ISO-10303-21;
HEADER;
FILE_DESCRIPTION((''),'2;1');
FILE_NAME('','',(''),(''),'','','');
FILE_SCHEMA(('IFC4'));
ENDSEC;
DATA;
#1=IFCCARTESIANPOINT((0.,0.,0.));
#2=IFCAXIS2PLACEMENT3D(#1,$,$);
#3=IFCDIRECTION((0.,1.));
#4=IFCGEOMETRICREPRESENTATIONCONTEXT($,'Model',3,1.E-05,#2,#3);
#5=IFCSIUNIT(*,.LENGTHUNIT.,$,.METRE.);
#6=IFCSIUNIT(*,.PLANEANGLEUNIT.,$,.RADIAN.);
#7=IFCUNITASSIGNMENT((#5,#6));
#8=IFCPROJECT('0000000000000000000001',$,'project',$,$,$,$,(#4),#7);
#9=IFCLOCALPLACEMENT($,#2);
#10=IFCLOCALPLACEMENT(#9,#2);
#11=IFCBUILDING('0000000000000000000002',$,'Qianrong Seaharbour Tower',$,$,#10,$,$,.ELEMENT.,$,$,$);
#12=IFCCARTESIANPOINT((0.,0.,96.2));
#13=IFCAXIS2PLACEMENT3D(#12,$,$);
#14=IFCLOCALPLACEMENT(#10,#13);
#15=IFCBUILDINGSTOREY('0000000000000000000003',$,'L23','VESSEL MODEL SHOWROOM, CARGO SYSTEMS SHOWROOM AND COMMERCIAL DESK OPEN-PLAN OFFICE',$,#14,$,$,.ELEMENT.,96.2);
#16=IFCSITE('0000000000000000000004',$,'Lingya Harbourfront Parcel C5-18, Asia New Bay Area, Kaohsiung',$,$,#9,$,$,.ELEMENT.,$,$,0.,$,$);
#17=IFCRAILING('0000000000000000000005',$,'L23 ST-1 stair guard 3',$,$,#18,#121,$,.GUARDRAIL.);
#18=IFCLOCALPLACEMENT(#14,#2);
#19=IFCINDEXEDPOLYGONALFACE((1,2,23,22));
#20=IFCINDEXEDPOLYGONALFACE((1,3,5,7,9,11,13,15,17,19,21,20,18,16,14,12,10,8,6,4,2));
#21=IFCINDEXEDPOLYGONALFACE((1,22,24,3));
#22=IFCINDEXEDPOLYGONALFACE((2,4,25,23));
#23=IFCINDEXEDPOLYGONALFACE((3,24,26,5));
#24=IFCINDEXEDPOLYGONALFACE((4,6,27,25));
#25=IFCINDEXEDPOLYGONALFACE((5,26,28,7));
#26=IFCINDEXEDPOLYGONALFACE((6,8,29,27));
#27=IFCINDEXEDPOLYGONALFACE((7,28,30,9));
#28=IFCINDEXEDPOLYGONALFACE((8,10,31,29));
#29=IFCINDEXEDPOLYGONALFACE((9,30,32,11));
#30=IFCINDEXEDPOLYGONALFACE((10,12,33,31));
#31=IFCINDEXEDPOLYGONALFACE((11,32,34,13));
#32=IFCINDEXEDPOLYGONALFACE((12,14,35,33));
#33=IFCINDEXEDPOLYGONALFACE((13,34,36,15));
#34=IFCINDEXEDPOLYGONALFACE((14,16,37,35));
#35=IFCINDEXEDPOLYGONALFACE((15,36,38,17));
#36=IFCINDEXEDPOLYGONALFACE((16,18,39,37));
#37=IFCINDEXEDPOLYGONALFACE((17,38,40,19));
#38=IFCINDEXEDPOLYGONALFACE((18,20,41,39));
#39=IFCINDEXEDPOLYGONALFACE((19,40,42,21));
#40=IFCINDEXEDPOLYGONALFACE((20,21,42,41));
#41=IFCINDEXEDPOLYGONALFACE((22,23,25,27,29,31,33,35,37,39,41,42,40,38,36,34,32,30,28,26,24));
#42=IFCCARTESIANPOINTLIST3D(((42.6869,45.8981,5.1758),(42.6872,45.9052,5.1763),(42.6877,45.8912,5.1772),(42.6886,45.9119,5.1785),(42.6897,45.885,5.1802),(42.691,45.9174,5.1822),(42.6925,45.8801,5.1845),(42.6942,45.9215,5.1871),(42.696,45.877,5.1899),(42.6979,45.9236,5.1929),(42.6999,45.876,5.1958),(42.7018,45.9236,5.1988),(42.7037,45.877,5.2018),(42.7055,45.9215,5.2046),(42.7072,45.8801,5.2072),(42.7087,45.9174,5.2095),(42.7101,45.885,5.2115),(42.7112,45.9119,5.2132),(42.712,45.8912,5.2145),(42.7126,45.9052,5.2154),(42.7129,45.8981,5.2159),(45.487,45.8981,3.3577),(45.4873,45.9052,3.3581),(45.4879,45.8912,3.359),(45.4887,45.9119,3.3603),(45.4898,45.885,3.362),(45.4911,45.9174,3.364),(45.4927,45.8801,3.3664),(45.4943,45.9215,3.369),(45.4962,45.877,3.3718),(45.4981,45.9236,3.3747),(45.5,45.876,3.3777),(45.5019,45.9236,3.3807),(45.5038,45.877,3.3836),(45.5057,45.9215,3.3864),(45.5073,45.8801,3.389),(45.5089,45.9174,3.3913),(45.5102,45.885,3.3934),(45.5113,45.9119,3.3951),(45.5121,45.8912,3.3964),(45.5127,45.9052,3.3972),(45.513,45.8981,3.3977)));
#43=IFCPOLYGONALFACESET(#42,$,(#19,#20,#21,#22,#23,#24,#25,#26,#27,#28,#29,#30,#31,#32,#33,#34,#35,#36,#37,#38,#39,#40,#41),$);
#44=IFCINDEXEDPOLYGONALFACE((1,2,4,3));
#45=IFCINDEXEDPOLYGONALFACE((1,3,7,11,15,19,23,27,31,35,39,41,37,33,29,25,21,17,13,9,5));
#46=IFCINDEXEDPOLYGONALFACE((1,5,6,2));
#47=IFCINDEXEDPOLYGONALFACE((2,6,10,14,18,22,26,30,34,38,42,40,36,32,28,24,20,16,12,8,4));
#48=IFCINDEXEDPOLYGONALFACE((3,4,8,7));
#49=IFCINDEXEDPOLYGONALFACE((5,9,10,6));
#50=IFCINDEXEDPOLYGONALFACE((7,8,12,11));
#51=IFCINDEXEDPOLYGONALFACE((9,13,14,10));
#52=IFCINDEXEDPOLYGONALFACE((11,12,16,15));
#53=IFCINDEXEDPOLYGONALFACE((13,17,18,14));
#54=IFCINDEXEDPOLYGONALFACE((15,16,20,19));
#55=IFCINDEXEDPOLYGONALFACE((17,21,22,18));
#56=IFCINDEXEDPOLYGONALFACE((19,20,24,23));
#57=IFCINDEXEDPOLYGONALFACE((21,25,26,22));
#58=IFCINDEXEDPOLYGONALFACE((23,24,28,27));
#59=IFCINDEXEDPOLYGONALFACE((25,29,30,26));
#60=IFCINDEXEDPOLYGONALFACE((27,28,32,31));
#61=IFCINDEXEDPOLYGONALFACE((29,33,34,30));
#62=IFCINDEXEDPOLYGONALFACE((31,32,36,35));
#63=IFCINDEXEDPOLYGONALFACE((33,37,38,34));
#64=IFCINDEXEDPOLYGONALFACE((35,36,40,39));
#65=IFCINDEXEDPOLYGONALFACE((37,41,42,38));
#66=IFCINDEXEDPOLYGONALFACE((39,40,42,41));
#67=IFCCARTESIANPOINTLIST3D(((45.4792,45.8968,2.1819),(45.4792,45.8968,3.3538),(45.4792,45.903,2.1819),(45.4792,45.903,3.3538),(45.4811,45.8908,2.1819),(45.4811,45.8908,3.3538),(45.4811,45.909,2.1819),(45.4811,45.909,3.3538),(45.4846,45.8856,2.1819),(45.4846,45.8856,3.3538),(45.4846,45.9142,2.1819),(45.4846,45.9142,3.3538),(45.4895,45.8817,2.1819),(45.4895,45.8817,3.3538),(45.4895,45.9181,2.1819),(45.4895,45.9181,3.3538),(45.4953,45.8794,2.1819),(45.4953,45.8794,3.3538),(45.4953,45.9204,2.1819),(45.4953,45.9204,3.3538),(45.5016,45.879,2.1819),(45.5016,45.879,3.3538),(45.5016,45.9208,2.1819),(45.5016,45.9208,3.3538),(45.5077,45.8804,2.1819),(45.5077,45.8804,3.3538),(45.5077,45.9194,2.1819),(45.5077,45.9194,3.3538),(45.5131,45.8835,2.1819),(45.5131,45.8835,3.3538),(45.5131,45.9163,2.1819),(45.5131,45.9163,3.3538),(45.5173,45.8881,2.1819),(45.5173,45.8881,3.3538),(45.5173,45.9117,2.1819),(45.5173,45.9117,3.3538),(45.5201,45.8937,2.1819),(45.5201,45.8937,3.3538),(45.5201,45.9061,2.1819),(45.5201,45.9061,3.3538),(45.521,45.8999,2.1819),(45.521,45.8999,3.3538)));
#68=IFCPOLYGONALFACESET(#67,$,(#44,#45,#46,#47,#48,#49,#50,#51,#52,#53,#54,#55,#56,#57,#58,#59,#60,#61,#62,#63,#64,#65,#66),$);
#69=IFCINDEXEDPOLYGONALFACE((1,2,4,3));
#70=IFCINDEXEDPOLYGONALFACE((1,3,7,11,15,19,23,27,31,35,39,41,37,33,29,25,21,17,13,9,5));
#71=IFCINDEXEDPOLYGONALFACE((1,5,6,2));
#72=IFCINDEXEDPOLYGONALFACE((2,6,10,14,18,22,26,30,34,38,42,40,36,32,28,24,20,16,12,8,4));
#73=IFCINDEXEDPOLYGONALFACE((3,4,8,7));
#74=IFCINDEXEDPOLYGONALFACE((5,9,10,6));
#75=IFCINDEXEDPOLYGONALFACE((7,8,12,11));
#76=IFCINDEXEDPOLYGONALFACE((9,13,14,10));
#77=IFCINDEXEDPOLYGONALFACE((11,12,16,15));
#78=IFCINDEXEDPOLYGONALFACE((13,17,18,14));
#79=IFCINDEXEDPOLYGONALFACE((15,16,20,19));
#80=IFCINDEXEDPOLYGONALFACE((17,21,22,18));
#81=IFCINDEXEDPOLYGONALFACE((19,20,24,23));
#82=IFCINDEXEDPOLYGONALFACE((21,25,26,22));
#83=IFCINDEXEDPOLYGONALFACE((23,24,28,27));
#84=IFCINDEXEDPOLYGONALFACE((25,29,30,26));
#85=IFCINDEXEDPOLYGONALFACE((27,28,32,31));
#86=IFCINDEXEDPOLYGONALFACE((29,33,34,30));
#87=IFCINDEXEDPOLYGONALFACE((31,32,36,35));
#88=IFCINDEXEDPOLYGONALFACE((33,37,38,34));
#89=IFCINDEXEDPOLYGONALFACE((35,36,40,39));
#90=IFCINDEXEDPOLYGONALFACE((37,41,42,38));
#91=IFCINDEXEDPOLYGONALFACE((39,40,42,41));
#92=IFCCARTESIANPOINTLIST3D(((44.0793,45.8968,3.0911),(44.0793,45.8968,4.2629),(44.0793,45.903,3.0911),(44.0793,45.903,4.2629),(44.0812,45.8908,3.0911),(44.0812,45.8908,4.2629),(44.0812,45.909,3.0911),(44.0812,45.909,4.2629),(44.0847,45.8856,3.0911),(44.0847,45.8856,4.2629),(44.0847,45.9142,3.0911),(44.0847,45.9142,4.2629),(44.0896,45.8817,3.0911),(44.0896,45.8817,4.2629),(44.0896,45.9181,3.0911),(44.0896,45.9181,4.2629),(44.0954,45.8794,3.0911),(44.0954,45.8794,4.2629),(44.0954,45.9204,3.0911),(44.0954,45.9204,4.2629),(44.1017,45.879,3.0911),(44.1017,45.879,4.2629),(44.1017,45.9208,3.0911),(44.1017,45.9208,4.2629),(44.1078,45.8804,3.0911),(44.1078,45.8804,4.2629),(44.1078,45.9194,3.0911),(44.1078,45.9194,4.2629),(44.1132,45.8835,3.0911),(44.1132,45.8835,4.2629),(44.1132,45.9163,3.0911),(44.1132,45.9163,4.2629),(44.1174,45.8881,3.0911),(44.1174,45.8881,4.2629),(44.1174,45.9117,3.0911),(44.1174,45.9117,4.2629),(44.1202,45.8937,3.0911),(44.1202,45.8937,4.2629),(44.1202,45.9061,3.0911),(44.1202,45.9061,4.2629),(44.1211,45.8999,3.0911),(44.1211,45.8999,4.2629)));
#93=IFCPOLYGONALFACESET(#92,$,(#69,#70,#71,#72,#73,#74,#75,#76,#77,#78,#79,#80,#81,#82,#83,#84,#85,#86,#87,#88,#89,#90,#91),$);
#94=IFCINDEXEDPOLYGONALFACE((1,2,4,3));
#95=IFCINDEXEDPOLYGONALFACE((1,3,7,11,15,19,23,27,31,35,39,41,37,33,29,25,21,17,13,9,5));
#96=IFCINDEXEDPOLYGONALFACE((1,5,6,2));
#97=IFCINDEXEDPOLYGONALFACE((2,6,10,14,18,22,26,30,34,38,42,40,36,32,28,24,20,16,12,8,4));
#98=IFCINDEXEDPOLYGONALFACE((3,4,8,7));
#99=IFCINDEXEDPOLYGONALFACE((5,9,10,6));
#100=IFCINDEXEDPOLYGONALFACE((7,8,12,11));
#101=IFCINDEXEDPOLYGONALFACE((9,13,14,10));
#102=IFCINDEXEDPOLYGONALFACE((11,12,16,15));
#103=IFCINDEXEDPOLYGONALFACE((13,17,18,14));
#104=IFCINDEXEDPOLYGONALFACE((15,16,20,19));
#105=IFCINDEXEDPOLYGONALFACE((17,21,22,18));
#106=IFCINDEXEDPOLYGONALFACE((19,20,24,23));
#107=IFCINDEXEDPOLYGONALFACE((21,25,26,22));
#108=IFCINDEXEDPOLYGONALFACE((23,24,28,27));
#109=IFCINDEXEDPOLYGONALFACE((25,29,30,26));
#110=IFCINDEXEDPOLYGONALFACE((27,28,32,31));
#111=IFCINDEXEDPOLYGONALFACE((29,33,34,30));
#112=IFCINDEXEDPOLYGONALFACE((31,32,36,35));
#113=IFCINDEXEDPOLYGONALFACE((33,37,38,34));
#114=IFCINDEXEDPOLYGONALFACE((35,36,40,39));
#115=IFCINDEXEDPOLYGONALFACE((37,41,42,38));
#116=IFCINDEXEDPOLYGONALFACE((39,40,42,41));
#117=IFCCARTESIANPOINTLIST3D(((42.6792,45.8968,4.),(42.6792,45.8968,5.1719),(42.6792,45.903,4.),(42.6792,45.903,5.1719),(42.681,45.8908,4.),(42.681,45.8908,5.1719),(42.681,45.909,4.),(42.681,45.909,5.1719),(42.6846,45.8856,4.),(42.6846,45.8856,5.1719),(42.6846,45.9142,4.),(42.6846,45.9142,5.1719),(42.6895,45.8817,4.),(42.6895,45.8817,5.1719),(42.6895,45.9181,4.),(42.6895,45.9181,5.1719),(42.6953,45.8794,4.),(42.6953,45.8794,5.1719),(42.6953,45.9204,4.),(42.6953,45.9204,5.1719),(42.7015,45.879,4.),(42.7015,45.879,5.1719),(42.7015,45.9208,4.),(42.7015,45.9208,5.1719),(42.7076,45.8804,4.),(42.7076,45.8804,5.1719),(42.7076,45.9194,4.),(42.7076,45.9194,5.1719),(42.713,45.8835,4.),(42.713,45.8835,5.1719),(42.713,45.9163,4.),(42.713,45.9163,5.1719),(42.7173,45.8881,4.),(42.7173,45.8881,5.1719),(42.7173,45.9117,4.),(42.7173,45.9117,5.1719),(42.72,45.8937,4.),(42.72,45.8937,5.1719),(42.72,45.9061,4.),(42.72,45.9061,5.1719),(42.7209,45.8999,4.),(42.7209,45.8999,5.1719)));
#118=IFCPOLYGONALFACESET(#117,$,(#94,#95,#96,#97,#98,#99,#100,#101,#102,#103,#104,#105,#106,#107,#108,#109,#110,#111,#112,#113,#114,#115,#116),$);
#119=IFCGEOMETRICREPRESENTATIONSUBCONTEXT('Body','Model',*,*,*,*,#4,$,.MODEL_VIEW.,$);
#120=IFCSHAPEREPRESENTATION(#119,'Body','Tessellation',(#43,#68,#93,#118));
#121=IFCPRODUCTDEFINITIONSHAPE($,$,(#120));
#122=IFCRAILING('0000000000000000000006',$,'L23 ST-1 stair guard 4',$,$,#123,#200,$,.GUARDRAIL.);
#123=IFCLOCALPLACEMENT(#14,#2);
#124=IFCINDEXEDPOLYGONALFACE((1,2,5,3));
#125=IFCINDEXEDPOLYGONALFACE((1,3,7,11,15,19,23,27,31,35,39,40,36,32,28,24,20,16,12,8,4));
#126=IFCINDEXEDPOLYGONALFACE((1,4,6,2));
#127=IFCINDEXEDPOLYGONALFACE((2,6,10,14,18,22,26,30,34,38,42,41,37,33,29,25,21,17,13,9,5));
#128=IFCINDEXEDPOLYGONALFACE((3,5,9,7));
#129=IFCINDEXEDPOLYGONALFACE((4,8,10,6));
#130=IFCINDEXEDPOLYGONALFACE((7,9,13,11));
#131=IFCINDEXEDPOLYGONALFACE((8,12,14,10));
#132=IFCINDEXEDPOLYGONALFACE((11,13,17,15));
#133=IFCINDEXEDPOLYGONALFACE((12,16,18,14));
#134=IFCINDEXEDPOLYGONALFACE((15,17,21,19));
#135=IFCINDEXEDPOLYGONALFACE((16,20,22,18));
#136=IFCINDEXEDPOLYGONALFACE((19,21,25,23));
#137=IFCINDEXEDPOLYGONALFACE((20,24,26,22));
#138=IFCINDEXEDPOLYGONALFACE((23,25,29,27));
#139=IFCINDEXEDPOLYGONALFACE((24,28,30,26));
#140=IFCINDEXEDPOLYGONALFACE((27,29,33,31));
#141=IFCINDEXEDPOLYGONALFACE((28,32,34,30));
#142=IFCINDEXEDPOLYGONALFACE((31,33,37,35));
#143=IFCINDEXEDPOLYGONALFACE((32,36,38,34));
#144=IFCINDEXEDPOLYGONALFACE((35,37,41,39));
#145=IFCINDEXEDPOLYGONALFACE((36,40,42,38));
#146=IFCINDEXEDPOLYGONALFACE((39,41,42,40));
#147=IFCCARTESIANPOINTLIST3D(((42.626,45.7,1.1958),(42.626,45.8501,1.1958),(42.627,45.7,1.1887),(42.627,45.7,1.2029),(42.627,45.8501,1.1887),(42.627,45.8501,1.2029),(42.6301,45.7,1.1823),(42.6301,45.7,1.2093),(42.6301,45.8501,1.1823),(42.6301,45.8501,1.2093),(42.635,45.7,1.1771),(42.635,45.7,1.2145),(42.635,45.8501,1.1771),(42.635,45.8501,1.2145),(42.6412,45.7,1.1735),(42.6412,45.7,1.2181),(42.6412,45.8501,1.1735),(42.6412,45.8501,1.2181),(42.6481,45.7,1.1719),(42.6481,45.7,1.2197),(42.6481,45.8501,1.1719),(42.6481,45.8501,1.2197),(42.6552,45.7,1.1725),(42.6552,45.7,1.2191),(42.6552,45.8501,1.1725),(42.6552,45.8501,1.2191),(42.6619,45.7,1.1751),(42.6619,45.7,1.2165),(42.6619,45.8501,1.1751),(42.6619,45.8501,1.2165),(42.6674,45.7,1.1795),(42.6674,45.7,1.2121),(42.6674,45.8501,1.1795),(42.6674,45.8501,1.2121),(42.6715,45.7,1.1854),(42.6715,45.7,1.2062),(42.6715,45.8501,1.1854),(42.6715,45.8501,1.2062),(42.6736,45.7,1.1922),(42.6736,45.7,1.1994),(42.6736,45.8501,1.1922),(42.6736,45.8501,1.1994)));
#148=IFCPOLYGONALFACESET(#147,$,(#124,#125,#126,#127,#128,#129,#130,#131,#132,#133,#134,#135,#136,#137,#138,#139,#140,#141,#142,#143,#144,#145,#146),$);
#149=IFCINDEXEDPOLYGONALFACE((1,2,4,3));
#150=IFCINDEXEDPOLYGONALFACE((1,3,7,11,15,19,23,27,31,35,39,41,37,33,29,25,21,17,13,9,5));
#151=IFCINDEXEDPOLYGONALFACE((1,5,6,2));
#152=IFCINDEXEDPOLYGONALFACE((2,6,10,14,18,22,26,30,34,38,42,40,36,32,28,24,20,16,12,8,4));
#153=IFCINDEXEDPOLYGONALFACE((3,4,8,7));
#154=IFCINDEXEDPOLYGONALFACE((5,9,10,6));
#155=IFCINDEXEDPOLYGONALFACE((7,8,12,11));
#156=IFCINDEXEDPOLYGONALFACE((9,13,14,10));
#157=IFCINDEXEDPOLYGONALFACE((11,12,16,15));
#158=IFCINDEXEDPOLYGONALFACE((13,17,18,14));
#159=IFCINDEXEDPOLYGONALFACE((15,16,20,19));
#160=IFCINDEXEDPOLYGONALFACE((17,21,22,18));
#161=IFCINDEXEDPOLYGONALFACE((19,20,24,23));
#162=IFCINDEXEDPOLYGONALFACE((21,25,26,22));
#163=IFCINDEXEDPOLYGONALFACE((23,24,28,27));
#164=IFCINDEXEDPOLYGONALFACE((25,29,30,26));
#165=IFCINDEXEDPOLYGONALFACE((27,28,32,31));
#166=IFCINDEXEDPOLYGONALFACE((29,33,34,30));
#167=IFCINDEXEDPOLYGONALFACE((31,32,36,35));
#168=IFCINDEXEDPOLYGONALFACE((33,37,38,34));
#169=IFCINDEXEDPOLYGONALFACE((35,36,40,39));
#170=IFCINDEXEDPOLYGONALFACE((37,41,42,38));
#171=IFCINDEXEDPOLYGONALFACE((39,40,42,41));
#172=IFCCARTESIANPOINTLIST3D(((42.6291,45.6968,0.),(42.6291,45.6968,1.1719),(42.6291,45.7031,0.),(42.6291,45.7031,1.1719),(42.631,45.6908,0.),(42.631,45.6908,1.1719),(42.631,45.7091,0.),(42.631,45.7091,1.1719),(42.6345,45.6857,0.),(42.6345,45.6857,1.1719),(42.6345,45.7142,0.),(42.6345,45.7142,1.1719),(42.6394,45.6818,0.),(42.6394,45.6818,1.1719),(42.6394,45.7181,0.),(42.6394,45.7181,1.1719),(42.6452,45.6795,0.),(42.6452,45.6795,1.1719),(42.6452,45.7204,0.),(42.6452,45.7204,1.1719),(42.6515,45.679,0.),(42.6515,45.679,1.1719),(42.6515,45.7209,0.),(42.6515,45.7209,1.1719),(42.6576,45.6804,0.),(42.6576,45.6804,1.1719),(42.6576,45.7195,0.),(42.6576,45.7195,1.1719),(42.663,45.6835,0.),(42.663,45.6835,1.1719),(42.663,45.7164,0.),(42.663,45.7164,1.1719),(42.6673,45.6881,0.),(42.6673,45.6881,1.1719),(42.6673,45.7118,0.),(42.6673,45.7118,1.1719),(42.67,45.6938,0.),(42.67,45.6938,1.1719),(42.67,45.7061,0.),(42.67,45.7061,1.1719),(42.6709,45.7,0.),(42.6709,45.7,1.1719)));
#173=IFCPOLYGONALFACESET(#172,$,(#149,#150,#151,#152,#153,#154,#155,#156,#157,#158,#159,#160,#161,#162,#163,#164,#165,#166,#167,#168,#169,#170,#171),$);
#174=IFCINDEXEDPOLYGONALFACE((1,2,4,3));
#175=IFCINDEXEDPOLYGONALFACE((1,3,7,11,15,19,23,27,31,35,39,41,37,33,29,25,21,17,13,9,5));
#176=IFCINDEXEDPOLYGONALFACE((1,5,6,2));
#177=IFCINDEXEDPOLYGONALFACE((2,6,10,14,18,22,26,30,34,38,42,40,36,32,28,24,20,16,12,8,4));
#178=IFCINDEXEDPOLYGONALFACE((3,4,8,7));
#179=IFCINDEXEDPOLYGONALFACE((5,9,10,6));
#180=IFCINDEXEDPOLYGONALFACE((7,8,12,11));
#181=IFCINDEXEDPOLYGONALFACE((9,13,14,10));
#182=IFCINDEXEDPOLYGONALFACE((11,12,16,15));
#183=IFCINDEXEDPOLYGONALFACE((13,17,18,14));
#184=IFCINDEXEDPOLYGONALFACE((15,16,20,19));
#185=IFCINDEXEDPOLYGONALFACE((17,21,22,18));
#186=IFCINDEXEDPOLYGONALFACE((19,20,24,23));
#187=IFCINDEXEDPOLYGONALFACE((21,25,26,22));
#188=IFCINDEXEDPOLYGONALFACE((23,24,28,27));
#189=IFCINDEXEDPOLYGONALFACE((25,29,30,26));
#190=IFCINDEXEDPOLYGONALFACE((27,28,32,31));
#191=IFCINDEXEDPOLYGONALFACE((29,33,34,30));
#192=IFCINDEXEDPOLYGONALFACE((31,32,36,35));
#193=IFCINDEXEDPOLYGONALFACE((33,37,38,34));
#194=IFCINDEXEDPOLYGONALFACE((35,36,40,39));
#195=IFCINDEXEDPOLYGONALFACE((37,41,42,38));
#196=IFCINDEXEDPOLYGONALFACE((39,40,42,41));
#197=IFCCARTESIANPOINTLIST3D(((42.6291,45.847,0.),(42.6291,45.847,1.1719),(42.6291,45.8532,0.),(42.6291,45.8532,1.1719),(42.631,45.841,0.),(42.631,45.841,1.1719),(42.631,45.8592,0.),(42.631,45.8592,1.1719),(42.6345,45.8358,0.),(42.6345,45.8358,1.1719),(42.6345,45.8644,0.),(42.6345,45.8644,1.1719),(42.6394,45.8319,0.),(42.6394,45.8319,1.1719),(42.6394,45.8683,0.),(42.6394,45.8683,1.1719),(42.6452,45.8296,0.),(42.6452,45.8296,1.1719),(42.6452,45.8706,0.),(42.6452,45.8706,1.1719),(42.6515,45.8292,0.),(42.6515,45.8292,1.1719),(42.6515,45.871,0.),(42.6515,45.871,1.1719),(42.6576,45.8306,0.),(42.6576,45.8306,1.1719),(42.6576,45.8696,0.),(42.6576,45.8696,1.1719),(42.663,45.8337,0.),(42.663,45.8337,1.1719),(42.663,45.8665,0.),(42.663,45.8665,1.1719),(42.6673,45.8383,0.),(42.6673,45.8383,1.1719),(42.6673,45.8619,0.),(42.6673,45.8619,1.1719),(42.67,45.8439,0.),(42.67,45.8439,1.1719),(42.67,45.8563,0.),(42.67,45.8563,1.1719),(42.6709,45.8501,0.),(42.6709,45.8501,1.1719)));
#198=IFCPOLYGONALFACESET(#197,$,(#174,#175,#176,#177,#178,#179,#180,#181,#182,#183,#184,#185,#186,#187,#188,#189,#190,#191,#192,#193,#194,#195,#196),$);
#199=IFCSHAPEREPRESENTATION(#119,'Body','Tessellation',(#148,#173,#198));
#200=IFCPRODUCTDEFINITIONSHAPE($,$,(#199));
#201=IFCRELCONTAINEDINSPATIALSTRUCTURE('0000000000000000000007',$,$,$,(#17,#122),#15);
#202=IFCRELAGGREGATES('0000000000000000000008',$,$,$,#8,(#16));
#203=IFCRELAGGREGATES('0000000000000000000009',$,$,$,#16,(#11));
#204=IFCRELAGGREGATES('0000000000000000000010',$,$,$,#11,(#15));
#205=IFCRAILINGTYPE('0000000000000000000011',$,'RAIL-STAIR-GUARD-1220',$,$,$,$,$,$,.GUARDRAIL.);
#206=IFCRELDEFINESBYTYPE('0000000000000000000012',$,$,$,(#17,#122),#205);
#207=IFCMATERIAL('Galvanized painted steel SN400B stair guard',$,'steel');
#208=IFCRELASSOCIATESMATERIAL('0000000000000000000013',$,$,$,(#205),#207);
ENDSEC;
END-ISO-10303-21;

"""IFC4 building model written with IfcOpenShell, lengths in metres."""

from ifc_helpers import new_model, si_unit, direction, frame, origin, origin_2d, place, context, subcontext, project, spatial, circle, extrude, material, type_object, element, save


model = new_model("IFC4")

# Units and contexts
model_context = context("Model", 3, precision=1e-05, world=origin(), true_north=direction((0.0, 1.0)))
body_context = subcontext(model_context, "Body", "Model", "MODEL_VIEW")
ifc_project = project(units=[si_unit("LENGTHUNIT", "METRE"), si_unit("PLANEANGLEUNIT", "RADIAN")], contexts=[model_context])

# Site, building, storey
site_placement = place(None, origin())
site = spatial("IfcSite", under=ifc_project, at=site_placement, Name="Lingya Harbourfront Parcel C5-18, Asia New Bay Area, Kaohsiung", CompositionType="ELEMENT", RefElevation=0.0)
building_placement = place(site_placement, origin())
building = spatial("IfcBuilding", under=site, at=building_placement, Name="Qianrong Seaharbour Tower", CompositionType="ELEMENT")
storey_placement = place(building_placement, frame((0.0, 0.0, 96.2)))
storey = spatial("IfcBuildingStorey", under=building, at=storey_placement, Name="L23", Description="VESSEL MODEL SHOWROOM, CARGO SYSTEMS SHOWROOM AND COMMERCIAL DESK OPEN-PLAN OFFICE", CompositionType="ELEMENT", Elevation=96.2)

# Railings
ifc_material_1 = material(Name="Galvanized painted steel SN400B stair guard", Category="steel")
railing_type_1 = type_object("IfcRailingType", Name="RAIL-STAIR-GUARD-1220", PredefinedType="GUARDRAIL", material=ifc_material_1)
railing_1_placement = place(storey_placement, frame((45.5, 45.8999, 2.1819)))
element("IfcRailing", 1, at=railing_1_placement, inside=storey, type_object=railing_type_1, Name="L23 ST-1 stair guard 3", PredefinedType="GUARDRAIL", context=body_context, shape_type="SweptSolid", body=[
    extrude(circle(Radius=0.0239, at=origin_2d()), frame((0.0, 0.0, 1.1958), z_axis=(-0.838706, 0.0, 0.544585), x_axis=(0.0, -1.0, 0.0)), (0.0, 0.0, 1.0), 3.3386),
    extrude(circle(Radius=0.021, at=origin_2d()), origin(), (0.0, 0.0, 1.0), 1.1719),
    extrude(circle(Radius=0.021, at=origin_2d()), frame((-1.3999, 0.0, 0.9092)), (0.0, 0.0, 1.0), 1.1719),
    extrude(circle(Radius=0.021, at=origin_2d()), frame((-2.8, 0.0, 1.8181)), (0.0, 0.0, 1.0), 1.1719),
])
railing_2_placement = place(storey_placement, frame((42.6499, 45.7, 0.0)))
element("IfcRailing", 2, at=railing_2_placement, inside=storey, type_object=railing_type_1, Name="L23 ST-1 stair guard 4", PredefinedType="GUARDRAIL", context=body_context, shape_type="SweptSolid", body=[
    extrude(circle(Radius=0.0239, at=origin_2d()), frame((0.0, 0.0, 1.1958), z_axis=(0.0, 1.0, 0.0), x_axis=(-1.0, 0.0, 0.0)), (0.0, 0.0, 1.0), 0.1501),
    extrude(circle(Radius=0.021, at=origin_2d()), origin(), (0.0, 0.0, 1.0), 1.1719),
    extrude(circle(Radius=0.021, at=origin_2d()), frame((0.0, 0.1501, 0.0)), (0.0, 0.0, 1.0), 1.1719),
])

save(model, "model.ifc")
